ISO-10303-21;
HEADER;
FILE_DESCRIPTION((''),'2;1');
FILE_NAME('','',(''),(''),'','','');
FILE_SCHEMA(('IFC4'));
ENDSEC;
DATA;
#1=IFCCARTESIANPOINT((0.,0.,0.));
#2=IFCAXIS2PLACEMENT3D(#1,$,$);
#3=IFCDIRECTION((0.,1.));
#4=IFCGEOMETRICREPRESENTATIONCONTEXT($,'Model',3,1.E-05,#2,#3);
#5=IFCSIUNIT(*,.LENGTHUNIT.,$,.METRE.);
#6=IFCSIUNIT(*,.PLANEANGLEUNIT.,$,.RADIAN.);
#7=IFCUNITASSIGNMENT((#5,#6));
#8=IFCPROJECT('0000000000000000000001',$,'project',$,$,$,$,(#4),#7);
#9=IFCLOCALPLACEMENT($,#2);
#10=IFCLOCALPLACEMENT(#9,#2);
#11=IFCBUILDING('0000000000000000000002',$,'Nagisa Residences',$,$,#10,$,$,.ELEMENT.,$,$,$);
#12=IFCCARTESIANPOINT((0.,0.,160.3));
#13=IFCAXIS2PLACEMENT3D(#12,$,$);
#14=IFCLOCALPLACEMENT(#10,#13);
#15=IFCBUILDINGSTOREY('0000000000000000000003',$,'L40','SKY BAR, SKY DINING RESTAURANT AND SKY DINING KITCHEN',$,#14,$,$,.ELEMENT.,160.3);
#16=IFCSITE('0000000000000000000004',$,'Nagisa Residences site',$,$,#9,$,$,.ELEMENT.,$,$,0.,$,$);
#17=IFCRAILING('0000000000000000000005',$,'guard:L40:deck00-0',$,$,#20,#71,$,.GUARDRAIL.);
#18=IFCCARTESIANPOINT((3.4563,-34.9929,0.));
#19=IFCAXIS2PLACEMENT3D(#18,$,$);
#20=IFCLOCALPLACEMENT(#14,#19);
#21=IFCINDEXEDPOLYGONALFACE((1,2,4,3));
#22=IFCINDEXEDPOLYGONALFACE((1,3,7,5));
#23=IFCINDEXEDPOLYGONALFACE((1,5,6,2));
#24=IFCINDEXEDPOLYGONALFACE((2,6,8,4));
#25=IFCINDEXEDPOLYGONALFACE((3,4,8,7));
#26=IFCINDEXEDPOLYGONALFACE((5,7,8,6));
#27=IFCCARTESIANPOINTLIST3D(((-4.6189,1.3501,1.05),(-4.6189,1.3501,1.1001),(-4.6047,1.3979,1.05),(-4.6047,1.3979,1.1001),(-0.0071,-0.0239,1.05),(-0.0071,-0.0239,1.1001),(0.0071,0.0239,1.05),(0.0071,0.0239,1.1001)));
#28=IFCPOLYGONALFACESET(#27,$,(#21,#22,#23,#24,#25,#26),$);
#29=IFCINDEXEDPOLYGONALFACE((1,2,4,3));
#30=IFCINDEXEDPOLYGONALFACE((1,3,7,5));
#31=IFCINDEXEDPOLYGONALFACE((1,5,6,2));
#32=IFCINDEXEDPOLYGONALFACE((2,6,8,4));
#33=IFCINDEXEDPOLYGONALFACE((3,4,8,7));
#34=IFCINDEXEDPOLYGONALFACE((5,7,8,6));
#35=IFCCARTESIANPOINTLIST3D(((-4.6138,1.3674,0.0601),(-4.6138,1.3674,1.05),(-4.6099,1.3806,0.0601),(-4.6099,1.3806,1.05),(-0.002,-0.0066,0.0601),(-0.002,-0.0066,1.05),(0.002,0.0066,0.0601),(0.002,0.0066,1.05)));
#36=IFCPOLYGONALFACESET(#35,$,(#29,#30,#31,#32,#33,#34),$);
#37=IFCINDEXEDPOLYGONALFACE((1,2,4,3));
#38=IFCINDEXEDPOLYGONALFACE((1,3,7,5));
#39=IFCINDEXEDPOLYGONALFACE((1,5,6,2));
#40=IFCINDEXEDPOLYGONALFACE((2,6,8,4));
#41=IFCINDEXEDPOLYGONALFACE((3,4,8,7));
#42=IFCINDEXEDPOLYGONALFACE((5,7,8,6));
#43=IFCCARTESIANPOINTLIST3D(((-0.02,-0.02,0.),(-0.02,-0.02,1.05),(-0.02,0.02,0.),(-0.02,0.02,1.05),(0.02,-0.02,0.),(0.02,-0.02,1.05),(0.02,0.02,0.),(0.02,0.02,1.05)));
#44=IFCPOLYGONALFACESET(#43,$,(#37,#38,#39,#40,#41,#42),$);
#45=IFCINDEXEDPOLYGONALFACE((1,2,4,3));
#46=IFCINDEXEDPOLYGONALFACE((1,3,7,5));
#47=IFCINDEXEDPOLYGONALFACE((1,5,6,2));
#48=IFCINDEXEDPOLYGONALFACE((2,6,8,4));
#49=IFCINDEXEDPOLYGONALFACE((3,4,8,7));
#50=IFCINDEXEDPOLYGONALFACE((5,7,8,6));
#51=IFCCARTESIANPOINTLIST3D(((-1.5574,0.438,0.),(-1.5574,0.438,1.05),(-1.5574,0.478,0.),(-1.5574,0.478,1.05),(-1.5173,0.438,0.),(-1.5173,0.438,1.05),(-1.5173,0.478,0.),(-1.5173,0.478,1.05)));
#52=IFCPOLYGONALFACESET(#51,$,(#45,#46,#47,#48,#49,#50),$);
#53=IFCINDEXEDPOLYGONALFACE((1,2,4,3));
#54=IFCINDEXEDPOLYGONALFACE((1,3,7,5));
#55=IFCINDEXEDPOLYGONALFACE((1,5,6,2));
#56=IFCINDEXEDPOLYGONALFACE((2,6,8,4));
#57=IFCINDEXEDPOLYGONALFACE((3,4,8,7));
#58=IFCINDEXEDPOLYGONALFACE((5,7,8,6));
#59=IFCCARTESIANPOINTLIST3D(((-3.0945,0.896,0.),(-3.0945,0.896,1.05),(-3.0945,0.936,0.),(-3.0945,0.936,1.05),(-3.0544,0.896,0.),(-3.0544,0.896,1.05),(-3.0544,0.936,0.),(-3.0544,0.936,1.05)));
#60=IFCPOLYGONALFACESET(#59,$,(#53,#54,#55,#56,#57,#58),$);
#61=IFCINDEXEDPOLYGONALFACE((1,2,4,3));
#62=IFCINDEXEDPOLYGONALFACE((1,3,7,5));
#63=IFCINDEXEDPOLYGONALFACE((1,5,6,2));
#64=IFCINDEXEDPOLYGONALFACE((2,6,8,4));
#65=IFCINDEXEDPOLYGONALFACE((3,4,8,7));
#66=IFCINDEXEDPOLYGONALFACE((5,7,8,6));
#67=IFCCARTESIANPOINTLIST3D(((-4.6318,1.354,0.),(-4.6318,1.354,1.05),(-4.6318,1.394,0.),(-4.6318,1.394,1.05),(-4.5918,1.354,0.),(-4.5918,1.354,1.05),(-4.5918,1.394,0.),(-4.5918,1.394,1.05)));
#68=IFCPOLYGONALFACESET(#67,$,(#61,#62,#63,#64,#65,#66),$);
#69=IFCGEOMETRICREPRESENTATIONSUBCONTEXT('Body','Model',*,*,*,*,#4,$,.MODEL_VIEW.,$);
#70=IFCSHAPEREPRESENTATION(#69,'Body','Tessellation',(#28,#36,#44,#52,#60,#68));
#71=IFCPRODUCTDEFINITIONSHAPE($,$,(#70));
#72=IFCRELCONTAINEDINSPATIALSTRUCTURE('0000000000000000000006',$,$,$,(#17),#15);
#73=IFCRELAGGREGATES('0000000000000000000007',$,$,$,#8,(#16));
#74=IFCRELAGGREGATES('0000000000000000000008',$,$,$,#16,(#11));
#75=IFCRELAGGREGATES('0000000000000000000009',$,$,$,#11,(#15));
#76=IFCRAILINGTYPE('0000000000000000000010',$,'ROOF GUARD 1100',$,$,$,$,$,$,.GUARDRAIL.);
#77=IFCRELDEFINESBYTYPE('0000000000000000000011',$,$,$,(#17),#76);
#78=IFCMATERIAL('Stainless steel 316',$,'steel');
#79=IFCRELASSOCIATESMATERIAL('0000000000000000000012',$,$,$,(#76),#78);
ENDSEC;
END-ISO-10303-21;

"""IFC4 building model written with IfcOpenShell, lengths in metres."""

from ifc_helpers import new_model, si_unit, direction, frame, origin, origin_2d, place, context, subcontext, project, spatial, polyline, rectangle, outline, extrude, material, type_object, element, save


model = new_model("IFC4")

# Units and contexts
model_context = context("Model", 3, precision=1e-05, world=origin(), true_north=direction((0.0, 1.0)))
body_context = subcontext(model_context, "Body", "Model", "MODEL_VIEW")
ifc_project = project(units=[si_unit("LENGTHUNIT", "METRE"), si_unit("PLANEANGLEUNIT", "RADIAN")], contexts=[model_context])

# Site, building, storey
site_placement = place(None, origin())
site = spatial("IfcSite", under=ifc_project, at=site_placement, Name="Nagisa Residences site", CompositionType="ELEMENT", RefElevation=0.0)
building_placement = place(site_placement, origin())
building = spatial("IfcBuilding", under=site, at=building_placement, Name="Nagisa Residences", CompositionType="ELEMENT")
storey_placement = place(building_placement, frame((0.0, 0.0, 160.3)))
storey = spatial("IfcBuildingStorey", under=building, at=storey_placement, Name="L40", Description="SKY BAR, SKY DINING RESTAURANT AND SKY DINING KITCHEN", CompositionType="ELEMENT", Elevation=160.3)

# Railing
ifc_material_1 = material(Name="Stainless steel 316", Category="steel")
railing_type = type_object("IfcRailingType", Name="ROOF GUARD 1100", PredefinedType="GUARDRAIL", material=ifc_material_1)
railing_placement = place(storey_placement, frame((3.4563, -34.9929, 0.0)))
element("IfcRailing", 1, at=railing_placement, inside=storey, type_object=railing_type, Name="guard:L40:deck00-0", PredefinedType="GUARDRAIL", context=body_context, shape_type="SweptSolid", body=[
    extrude(outline(polyline([(-4.6189, 1.3501), (-0.0071, -0.0239), (0.0071, 0.0239), (-4.6047, 1.3979), (-4.6189, 1.3501)])), frame((0.0, 0.0, 1.05)), (0.0, 0.0, 1.0), 0.05),
    extrude(outline(polyline([(-4.6138, 1.3674), (-0.002, -0.0066), (0.002, 0.0066), (-4.6099, 1.3806), (-4.6138, 1.3674)])), frame((0.0, 0.0, 0.0601)), (0.0, 0.0, 1.0), 0.99),
    extrude(rectangle(XDim=0.04, YDim=0.04, at=origin_2d()), origin(), (0.0, 0.0, 1.0), 1.05),
    extrude(rectangle(XDim=0.04, YDim=0.04, at=origin_2d()), frame((-1.5374, 0.458, 0.0)), (0.0, 0.0, 1.0), 1.05),
    extrude(rectangle(XDim=0.04, YDim=0.04, at=origin_2d()), frame((-3.0745, 0.916, 0.0)), (0.0, 0.0, 1.0), 1.05),
    extrude(rectangle(XDim=0.04, YDim=0.04, at=origin_2d()), frame((-4.6118, 1.374, 0.0)), (0.0, 0.0, 1.0), 1.05),
])

save(model, "model.ifc")
